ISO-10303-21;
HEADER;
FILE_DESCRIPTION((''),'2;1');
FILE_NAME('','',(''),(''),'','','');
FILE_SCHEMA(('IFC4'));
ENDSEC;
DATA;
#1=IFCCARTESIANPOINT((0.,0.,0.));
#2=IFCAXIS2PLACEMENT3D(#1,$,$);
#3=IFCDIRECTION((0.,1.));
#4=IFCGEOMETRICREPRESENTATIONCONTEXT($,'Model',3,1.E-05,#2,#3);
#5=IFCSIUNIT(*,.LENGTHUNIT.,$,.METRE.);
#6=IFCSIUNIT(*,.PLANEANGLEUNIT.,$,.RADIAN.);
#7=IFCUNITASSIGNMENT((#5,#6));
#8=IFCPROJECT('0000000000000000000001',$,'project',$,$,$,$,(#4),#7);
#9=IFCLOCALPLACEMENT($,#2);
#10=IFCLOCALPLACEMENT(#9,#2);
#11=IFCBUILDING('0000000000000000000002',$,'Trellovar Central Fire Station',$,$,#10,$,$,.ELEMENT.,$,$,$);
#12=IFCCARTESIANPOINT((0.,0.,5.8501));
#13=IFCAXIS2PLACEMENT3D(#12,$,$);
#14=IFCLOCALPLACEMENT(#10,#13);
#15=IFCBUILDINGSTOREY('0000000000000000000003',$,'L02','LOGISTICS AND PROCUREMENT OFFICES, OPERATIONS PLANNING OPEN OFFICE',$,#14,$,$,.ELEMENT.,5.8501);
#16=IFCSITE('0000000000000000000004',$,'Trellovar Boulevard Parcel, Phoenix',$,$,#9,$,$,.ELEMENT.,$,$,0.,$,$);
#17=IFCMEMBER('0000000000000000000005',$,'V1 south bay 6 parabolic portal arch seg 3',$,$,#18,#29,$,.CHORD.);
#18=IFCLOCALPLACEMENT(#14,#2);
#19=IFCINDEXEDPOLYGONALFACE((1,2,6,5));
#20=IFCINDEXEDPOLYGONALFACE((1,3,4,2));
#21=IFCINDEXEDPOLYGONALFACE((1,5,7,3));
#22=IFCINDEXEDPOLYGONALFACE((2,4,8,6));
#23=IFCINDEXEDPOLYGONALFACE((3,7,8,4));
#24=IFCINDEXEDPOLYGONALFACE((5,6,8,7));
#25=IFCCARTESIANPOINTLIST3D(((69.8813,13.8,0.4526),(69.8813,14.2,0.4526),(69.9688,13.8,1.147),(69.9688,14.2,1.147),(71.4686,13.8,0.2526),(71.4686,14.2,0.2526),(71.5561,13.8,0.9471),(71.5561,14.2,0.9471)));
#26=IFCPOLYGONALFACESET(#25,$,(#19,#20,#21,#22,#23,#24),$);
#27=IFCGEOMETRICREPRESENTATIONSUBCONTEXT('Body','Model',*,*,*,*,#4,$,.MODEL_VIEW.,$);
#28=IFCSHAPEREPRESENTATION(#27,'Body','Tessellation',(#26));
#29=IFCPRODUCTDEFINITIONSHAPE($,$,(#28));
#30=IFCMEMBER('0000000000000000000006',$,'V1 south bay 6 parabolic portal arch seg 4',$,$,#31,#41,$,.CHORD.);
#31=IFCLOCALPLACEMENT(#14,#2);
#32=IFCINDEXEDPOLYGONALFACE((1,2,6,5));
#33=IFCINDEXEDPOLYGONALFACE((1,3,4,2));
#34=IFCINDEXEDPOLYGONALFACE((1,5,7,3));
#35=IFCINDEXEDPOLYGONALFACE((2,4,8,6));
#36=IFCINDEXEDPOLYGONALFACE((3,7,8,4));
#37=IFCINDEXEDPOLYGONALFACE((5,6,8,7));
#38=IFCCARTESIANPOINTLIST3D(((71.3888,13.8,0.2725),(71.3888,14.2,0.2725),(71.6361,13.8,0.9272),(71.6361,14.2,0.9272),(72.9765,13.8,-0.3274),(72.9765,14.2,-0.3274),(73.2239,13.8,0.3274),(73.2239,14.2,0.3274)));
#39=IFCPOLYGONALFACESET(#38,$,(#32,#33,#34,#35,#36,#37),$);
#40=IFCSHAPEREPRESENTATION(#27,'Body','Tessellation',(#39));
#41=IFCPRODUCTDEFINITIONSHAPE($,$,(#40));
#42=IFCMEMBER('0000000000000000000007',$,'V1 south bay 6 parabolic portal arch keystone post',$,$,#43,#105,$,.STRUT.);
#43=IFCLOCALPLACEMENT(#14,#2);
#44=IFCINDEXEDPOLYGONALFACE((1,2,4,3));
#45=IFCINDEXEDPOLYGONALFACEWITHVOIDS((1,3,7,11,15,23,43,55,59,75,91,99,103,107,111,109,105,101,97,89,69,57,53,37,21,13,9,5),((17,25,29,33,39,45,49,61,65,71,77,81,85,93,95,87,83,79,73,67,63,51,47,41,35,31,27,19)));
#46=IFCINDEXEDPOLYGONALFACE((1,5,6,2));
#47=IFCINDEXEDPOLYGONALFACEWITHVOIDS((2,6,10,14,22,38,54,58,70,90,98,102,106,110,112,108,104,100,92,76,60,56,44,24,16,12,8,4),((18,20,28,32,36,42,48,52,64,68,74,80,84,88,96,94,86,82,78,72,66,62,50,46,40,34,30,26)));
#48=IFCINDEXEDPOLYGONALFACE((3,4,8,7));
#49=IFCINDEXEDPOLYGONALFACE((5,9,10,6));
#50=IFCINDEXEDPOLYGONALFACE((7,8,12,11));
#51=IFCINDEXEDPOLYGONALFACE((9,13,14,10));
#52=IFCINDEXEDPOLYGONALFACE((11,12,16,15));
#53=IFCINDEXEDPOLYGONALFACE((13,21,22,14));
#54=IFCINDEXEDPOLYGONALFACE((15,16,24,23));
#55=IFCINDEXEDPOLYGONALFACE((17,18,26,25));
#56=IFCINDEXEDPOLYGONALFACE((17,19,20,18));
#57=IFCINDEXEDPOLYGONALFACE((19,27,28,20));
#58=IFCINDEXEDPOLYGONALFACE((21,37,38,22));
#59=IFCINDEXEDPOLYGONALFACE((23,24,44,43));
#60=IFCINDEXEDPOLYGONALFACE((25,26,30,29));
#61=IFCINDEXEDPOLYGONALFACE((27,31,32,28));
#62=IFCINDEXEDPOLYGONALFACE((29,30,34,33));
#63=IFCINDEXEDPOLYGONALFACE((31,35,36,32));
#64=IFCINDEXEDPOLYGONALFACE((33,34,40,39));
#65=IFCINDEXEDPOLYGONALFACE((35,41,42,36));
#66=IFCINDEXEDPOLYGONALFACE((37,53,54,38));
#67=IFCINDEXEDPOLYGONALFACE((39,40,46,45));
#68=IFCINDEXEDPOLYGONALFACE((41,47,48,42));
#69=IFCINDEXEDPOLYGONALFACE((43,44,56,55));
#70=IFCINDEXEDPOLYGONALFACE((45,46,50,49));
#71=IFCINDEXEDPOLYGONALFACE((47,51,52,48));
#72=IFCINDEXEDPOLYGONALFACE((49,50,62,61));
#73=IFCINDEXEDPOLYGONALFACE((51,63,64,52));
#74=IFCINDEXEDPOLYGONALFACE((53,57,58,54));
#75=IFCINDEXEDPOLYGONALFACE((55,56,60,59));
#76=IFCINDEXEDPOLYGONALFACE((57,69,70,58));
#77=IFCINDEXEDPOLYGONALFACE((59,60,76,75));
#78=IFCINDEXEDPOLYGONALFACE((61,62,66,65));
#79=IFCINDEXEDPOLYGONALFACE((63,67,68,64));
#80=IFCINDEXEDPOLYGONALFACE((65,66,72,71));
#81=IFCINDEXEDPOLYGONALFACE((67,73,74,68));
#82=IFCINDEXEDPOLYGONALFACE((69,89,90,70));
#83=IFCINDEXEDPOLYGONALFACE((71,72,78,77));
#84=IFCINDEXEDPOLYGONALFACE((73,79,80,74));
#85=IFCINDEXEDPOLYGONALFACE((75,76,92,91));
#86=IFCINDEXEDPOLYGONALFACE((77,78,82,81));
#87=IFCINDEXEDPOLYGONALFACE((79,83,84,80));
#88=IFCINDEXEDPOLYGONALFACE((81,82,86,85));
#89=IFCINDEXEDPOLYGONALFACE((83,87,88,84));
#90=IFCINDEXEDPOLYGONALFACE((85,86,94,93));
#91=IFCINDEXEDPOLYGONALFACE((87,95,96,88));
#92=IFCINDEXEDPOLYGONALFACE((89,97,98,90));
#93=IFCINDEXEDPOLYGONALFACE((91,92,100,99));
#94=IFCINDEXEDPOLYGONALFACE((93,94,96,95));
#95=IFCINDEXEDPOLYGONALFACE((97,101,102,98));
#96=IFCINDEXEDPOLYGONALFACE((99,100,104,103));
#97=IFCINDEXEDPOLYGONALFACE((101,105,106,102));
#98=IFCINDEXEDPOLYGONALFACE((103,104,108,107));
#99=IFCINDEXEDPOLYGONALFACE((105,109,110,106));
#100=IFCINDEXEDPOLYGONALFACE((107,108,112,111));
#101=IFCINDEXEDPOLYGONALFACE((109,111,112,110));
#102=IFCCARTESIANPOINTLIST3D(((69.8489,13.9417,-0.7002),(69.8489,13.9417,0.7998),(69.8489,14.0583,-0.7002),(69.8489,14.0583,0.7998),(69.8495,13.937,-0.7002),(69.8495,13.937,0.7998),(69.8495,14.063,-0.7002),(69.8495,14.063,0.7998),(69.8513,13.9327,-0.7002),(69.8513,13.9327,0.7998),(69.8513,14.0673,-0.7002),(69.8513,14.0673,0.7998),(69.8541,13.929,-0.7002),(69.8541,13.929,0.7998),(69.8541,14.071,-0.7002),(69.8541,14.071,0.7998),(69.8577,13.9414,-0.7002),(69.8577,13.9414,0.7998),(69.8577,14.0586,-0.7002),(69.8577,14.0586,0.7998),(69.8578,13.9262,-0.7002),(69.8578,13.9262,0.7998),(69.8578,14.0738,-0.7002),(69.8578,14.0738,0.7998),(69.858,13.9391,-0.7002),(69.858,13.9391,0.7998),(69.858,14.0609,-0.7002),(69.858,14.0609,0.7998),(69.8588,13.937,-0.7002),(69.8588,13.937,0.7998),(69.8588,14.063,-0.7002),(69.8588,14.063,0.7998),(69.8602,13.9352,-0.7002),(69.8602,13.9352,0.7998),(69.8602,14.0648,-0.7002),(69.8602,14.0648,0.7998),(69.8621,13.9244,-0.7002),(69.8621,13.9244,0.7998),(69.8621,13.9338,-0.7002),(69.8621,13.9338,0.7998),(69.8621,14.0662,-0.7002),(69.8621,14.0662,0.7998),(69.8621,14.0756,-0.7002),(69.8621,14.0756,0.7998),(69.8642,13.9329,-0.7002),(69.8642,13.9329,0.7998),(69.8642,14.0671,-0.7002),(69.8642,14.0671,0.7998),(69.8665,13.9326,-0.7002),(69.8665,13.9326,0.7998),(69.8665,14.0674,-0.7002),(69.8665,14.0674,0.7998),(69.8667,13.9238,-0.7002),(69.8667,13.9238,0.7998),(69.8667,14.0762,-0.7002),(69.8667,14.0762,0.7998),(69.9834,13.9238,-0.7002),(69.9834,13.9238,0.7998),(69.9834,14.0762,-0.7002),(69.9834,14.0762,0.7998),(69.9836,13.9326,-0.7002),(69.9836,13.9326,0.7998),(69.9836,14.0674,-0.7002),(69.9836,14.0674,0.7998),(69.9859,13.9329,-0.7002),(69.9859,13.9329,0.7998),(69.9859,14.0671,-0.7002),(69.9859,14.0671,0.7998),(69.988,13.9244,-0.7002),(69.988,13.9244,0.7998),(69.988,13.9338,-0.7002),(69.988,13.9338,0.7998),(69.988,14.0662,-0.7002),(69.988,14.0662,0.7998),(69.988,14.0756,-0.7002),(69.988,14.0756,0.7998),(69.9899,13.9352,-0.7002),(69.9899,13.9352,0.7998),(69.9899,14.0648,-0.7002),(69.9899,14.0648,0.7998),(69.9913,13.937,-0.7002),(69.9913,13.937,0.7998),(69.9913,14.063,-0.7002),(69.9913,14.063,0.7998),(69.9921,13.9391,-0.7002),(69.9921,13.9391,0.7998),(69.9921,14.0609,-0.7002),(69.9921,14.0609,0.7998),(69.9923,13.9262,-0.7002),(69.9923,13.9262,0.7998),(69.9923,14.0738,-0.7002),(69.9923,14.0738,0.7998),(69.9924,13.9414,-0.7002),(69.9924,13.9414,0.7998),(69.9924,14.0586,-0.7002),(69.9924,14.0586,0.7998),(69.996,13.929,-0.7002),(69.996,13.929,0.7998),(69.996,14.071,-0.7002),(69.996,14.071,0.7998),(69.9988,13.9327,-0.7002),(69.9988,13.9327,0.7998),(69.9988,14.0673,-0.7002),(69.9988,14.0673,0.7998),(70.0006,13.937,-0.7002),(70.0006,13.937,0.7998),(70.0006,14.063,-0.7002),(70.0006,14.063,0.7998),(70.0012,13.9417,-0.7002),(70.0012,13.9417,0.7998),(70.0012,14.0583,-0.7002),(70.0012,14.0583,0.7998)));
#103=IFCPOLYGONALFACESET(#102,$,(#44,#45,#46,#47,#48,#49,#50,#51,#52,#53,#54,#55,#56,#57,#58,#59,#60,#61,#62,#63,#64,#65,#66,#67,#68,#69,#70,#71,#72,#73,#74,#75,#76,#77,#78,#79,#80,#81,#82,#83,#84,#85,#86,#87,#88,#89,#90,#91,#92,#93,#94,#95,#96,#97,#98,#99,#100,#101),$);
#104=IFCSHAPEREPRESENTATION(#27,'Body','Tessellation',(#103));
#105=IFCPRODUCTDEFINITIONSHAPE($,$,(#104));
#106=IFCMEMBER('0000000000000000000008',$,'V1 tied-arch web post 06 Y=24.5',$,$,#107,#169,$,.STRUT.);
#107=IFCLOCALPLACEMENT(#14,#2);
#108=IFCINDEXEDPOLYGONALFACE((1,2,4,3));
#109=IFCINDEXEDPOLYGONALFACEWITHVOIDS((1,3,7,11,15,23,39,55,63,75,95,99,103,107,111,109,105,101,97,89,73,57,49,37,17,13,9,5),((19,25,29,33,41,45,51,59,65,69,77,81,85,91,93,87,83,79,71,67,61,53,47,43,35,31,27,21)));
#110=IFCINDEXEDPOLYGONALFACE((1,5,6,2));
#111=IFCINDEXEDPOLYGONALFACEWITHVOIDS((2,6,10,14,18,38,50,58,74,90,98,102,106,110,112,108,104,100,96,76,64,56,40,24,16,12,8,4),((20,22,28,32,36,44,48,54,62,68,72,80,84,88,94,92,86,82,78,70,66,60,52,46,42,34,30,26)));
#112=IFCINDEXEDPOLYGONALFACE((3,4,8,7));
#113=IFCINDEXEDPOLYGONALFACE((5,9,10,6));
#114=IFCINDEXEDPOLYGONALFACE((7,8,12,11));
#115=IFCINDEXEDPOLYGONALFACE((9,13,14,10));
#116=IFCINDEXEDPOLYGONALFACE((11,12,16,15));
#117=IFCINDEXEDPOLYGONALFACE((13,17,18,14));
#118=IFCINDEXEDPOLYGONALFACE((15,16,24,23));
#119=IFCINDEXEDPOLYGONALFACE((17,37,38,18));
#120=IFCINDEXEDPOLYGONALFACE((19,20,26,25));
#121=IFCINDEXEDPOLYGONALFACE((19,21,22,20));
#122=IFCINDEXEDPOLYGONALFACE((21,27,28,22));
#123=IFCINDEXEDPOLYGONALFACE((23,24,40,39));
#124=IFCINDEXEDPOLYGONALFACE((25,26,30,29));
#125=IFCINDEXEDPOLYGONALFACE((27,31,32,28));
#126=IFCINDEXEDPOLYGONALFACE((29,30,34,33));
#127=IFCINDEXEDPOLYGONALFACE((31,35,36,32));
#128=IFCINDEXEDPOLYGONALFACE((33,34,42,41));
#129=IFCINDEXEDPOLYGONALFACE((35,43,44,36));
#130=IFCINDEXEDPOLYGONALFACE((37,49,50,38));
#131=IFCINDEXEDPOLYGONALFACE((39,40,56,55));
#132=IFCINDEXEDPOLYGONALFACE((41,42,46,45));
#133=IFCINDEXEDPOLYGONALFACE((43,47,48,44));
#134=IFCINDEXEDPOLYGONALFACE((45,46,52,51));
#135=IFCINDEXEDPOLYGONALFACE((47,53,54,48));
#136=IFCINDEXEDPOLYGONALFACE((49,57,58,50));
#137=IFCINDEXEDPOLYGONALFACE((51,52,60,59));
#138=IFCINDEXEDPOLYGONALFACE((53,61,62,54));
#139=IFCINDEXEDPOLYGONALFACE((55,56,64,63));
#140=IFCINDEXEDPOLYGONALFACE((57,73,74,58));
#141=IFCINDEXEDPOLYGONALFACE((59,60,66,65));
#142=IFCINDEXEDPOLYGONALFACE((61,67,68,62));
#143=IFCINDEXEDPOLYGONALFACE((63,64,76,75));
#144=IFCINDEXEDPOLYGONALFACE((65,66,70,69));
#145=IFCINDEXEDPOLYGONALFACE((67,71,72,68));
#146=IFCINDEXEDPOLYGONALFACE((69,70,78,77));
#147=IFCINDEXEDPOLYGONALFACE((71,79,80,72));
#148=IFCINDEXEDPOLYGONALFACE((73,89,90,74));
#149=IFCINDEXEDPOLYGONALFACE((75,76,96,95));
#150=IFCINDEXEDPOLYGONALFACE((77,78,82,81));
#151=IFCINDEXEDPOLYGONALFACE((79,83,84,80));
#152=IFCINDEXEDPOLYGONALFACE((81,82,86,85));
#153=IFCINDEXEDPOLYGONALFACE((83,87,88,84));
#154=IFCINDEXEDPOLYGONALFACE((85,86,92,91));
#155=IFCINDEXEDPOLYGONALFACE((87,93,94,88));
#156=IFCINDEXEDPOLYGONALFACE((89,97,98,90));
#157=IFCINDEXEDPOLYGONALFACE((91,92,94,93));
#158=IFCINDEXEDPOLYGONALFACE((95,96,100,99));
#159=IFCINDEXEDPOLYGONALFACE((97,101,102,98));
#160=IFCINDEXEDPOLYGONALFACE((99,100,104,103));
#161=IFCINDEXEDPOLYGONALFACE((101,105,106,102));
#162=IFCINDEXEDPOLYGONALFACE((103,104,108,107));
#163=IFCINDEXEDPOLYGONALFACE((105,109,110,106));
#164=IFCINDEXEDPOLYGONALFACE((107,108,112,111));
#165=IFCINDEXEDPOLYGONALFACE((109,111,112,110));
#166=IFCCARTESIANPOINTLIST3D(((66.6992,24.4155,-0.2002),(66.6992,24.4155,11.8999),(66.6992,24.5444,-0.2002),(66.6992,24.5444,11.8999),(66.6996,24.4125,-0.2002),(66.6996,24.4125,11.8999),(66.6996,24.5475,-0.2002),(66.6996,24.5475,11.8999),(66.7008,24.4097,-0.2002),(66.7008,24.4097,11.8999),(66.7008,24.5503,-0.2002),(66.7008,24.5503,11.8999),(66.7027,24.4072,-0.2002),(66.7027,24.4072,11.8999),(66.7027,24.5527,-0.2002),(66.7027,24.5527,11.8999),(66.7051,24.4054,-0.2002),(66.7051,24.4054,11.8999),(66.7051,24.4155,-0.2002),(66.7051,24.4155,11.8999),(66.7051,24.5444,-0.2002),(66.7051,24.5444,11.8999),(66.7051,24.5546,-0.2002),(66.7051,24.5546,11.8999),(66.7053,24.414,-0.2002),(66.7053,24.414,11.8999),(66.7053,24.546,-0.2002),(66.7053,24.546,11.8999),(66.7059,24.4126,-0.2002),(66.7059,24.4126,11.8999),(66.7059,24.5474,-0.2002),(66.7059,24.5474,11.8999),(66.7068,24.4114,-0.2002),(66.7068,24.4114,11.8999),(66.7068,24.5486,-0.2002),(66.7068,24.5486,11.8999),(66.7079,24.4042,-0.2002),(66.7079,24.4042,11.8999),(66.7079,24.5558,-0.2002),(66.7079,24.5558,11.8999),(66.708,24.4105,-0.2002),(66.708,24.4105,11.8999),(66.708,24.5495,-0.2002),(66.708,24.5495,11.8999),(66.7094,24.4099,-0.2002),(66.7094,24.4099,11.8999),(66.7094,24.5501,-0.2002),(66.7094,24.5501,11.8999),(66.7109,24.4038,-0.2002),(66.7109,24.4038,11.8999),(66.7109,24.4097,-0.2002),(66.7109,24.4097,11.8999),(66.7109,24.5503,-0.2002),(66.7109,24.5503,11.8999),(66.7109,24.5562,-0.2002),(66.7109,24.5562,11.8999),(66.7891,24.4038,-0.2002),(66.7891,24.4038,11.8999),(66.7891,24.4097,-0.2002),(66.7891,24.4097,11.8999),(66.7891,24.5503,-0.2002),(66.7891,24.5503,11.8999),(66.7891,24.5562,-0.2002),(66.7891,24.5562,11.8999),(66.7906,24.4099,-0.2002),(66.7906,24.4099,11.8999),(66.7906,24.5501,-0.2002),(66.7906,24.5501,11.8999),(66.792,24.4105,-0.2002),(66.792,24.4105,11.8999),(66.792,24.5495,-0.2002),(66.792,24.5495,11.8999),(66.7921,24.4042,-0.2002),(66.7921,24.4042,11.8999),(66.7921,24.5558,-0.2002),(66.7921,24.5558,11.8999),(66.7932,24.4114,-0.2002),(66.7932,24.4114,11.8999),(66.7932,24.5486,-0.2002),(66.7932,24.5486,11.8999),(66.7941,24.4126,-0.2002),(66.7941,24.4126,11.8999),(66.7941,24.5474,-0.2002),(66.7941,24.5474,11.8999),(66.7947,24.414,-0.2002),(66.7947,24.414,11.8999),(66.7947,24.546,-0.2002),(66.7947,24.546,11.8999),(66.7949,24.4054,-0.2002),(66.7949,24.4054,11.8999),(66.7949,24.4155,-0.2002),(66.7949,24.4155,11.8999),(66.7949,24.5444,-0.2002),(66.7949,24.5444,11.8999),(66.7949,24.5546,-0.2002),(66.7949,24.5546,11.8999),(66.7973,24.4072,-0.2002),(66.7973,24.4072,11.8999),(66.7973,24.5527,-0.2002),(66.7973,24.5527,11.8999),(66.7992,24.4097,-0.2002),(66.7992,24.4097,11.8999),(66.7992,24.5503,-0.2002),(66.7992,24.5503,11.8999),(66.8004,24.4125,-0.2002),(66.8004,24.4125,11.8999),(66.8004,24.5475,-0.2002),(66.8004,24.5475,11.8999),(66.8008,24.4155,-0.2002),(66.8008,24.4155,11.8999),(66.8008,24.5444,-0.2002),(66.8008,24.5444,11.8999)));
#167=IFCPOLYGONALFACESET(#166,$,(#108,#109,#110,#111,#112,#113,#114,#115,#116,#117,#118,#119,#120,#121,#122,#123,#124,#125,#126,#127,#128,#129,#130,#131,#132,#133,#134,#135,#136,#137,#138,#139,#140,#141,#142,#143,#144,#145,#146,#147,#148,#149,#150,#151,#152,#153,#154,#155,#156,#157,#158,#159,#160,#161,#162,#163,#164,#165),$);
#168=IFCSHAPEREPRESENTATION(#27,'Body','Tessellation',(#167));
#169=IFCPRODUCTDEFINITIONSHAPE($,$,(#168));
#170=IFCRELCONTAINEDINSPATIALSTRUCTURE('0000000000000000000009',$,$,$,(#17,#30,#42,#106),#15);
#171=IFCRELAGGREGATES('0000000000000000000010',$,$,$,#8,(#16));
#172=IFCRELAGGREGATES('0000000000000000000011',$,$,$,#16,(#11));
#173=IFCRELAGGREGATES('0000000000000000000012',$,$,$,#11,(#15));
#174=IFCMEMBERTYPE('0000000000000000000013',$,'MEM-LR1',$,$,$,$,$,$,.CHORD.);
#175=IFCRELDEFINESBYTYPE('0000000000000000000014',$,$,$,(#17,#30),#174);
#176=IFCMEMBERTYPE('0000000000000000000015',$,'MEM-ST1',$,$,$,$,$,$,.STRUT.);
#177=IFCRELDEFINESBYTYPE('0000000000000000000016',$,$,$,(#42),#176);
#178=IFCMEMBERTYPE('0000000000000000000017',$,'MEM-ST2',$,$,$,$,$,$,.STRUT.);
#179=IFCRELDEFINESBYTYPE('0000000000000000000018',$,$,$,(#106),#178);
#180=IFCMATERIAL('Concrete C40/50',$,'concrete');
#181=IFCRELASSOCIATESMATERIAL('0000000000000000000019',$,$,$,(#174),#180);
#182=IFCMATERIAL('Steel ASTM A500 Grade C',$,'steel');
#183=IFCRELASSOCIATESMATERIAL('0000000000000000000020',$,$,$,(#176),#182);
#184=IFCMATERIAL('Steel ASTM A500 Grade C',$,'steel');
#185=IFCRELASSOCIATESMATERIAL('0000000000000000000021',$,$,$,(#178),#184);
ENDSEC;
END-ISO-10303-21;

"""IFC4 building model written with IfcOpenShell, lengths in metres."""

from ifc_helpers import new_model, si_unit, direction, frame, origin, origin_2d, place, context, subcontext, project, spatial, rectangle, hollow_rectangle, extrude, material, material_profile, profile_set, type_object, element, save


model = new_model("IFC4")

# Units and contexts
model_context = context("Model", 3, precision=1e-05, world=origin(), true_north=direction((0.0, 1.0)))
body_context = subcontext(model_context, "Body", "Model", "MODEL_VIEW")
ifc_project = project(units=[si_unit("LENGTHUNIT", "METRE"), si_unit("PLANEANGLEUNIT", "RADIAN")], contexts=[model_context])

# Site, building, storey
site_placement = place(None, origin())
site = spatial("IfcSite", under=ifc_project, at=site_placement, Name="Trellovar Boulevard Parcel, Phoenix", CompositionType="ELEMENT", RefElevation=0.0)
building_placement = place(site_placement, origin())
building = spatial("IfcBuilding", under=site, at=building_placement, Name="Trellovar Central Fire Station", CompositionType="ELEMENT")
storey_placement = place(building_placement, frame((0.0, 0.0, 5.8501)))
storey = spatial("IfcBuildingStorey", under=building, at=storey_placement, Name="L02", Description="LOGISTICS AND PROCUREMENT OFFICES, OPERATIONS PLANNING OPEN OFFICE", CompositionType="ELEMENT", Elevation=5.8501)

# Members
ifc_material_1 = material(Name="Concrete C40/50", Category="concrete")
ifc_material_profile_1 = material_profile(ifc_material_1, rectangle(XDim=0.3999, YDim=0.7, at=origin_2d()), Name="RC400X700")
ifc_profile_set_1 = profile_set([ifc_material_profile_1], Name="Concrete C40/50")
member_type_1 = type_object("IfcMemberType", Name="MEM-LR1", PredefinedType="CHORD", material=ifc_profile_set_1)
member_1_placement = place(storey_placement, frame((69.925, 14.0, 0.7998), z_axis=(0.99216, 0.0, -0.124974), x_axis=(0.0, 1.0, 0.0)))
element("IfcMember", 1, at=member_1_placement, inside=storey, type_object=member_type_1, Name="V1 south bay 6 parabolic portal arch seg 3", PredefinedType="CHORD", context=body_context, shape_type="SweptSolid", body=[
    extrude(rectangle(XDim=0.3999, YDim=0.7, at=origin_2d()), origin(), (0.0, 0.0, 1.0), 1.5999),
])
member_2_placement = place(storey_placement, frame((71.5125, 14.0, 0.5999), z_axis=(0.935457, 0.0, -0.35344), x_axis=(0.0, 1.0, 0.0)))
element("IfcMember", 2, at=member_2_placement, inside=storey, type_object=member_type_1, Name="V1 south bay 6 parabolic portal arch seg 4", PredefinedType="CHORD", context=body_context, shape_type="SweptSolid", body=[
    extrude(rectangle(XDim=0.3999, YDim=0.7, at=origin_2d()), origin(), (0.0, 0.0, 1.0), 1.6973),
])
ifc_material_2 = material(Name="Steel ASTM A500 Grade C", Category="steel")
ifc_material_profile_2 = material_profile(ifc_material_2, hollow_rectangle(XDim=0.1523, YDim=0.1523, WallThickness=0.0088, InnerFilletRadius=0.0088, OuterFilletRadius=0.0178, at=origin_2d()), Name="HSS6X6X3/8")
ifc_profile_set_2 = profile_set([ifc_material_profile_2], Name="Steel ASTM A500 Grade C")
member_type_2 = type_object("IfcMemberType", Name="MEM-ST1", PredefinedType="STRUT", material=ifc_profile_set_2)
member_3_placement = place(storey_placement, frame((69.925, 14.0, -0.7002), z_axis=(0.0, 0.0, 1.0), x_axis=(1.0, 0.0, 0.0)))
element("IfcMember", 3, at=member_3_placement, inside=storey, type_object=member_type_2, Name="V1 south bay 6 parabolic portal arch keystone post", PredefinedType="STRUT", context=body_context, shape_type="SweptSolid", body=[
    extrude(hollow_rectangle(XDim=0.1523, YDim=0.1523, WallThickness=0.0088, InnerFilletRadius=0.0088, OuterFilletRadius=0.0178, at=origin_2d()), origin(), (0.0, 0.0, 1.0), 1.5),
])
ifc_material_3 = material(Name="Steel ASTM A500 Grade C", Category="steel")
ifc_material_profile_3 = material_profile(ifc_material_3, hollow_rectangle(XDim=0.1016, YDim=0.1523, WallThickness=0.0059, InnerFilletRadius=0.0059, OuterFilletRadius=0.0117, at=origin_2d()), Name="HSS6X4X1/4")
ifc_profile_set_3 = profile_set([ifc_material_profile_3], Name="Steel ASTM A500 Grade C")
member_type_3 = type_object("IfcMemberType", Name="MEM-ST2", PredefinedType="STRUT", material=ifc_profile_set_3)
member_4_placement = place(storey_placement, frame((66.75, 24.48, -0.2002), z_axis=(0.0, 0.0, 1.0), x_axis=(1.0, 0.0, 0.0)))
element("IfcMember", 4, at=member_4_placement, inside=storey, type_object=member_type_3, Name="V1 tied-arch web post 06 Y=24.5", PredefinedType="STRUT", context=body_context, shape_type="SweptSolid", body=[
    extrude(hollow_rectangle(XDim=0.1016, YDim=0.1523, WallThickness=0.0059, InnerFilletRadius=0.0059, OuterFilletRadius=0.0117, at=origin_2d()), origin(), (0.0, 0.0, 1.0), 12.1001),
])

save(model, "model.ifc")
